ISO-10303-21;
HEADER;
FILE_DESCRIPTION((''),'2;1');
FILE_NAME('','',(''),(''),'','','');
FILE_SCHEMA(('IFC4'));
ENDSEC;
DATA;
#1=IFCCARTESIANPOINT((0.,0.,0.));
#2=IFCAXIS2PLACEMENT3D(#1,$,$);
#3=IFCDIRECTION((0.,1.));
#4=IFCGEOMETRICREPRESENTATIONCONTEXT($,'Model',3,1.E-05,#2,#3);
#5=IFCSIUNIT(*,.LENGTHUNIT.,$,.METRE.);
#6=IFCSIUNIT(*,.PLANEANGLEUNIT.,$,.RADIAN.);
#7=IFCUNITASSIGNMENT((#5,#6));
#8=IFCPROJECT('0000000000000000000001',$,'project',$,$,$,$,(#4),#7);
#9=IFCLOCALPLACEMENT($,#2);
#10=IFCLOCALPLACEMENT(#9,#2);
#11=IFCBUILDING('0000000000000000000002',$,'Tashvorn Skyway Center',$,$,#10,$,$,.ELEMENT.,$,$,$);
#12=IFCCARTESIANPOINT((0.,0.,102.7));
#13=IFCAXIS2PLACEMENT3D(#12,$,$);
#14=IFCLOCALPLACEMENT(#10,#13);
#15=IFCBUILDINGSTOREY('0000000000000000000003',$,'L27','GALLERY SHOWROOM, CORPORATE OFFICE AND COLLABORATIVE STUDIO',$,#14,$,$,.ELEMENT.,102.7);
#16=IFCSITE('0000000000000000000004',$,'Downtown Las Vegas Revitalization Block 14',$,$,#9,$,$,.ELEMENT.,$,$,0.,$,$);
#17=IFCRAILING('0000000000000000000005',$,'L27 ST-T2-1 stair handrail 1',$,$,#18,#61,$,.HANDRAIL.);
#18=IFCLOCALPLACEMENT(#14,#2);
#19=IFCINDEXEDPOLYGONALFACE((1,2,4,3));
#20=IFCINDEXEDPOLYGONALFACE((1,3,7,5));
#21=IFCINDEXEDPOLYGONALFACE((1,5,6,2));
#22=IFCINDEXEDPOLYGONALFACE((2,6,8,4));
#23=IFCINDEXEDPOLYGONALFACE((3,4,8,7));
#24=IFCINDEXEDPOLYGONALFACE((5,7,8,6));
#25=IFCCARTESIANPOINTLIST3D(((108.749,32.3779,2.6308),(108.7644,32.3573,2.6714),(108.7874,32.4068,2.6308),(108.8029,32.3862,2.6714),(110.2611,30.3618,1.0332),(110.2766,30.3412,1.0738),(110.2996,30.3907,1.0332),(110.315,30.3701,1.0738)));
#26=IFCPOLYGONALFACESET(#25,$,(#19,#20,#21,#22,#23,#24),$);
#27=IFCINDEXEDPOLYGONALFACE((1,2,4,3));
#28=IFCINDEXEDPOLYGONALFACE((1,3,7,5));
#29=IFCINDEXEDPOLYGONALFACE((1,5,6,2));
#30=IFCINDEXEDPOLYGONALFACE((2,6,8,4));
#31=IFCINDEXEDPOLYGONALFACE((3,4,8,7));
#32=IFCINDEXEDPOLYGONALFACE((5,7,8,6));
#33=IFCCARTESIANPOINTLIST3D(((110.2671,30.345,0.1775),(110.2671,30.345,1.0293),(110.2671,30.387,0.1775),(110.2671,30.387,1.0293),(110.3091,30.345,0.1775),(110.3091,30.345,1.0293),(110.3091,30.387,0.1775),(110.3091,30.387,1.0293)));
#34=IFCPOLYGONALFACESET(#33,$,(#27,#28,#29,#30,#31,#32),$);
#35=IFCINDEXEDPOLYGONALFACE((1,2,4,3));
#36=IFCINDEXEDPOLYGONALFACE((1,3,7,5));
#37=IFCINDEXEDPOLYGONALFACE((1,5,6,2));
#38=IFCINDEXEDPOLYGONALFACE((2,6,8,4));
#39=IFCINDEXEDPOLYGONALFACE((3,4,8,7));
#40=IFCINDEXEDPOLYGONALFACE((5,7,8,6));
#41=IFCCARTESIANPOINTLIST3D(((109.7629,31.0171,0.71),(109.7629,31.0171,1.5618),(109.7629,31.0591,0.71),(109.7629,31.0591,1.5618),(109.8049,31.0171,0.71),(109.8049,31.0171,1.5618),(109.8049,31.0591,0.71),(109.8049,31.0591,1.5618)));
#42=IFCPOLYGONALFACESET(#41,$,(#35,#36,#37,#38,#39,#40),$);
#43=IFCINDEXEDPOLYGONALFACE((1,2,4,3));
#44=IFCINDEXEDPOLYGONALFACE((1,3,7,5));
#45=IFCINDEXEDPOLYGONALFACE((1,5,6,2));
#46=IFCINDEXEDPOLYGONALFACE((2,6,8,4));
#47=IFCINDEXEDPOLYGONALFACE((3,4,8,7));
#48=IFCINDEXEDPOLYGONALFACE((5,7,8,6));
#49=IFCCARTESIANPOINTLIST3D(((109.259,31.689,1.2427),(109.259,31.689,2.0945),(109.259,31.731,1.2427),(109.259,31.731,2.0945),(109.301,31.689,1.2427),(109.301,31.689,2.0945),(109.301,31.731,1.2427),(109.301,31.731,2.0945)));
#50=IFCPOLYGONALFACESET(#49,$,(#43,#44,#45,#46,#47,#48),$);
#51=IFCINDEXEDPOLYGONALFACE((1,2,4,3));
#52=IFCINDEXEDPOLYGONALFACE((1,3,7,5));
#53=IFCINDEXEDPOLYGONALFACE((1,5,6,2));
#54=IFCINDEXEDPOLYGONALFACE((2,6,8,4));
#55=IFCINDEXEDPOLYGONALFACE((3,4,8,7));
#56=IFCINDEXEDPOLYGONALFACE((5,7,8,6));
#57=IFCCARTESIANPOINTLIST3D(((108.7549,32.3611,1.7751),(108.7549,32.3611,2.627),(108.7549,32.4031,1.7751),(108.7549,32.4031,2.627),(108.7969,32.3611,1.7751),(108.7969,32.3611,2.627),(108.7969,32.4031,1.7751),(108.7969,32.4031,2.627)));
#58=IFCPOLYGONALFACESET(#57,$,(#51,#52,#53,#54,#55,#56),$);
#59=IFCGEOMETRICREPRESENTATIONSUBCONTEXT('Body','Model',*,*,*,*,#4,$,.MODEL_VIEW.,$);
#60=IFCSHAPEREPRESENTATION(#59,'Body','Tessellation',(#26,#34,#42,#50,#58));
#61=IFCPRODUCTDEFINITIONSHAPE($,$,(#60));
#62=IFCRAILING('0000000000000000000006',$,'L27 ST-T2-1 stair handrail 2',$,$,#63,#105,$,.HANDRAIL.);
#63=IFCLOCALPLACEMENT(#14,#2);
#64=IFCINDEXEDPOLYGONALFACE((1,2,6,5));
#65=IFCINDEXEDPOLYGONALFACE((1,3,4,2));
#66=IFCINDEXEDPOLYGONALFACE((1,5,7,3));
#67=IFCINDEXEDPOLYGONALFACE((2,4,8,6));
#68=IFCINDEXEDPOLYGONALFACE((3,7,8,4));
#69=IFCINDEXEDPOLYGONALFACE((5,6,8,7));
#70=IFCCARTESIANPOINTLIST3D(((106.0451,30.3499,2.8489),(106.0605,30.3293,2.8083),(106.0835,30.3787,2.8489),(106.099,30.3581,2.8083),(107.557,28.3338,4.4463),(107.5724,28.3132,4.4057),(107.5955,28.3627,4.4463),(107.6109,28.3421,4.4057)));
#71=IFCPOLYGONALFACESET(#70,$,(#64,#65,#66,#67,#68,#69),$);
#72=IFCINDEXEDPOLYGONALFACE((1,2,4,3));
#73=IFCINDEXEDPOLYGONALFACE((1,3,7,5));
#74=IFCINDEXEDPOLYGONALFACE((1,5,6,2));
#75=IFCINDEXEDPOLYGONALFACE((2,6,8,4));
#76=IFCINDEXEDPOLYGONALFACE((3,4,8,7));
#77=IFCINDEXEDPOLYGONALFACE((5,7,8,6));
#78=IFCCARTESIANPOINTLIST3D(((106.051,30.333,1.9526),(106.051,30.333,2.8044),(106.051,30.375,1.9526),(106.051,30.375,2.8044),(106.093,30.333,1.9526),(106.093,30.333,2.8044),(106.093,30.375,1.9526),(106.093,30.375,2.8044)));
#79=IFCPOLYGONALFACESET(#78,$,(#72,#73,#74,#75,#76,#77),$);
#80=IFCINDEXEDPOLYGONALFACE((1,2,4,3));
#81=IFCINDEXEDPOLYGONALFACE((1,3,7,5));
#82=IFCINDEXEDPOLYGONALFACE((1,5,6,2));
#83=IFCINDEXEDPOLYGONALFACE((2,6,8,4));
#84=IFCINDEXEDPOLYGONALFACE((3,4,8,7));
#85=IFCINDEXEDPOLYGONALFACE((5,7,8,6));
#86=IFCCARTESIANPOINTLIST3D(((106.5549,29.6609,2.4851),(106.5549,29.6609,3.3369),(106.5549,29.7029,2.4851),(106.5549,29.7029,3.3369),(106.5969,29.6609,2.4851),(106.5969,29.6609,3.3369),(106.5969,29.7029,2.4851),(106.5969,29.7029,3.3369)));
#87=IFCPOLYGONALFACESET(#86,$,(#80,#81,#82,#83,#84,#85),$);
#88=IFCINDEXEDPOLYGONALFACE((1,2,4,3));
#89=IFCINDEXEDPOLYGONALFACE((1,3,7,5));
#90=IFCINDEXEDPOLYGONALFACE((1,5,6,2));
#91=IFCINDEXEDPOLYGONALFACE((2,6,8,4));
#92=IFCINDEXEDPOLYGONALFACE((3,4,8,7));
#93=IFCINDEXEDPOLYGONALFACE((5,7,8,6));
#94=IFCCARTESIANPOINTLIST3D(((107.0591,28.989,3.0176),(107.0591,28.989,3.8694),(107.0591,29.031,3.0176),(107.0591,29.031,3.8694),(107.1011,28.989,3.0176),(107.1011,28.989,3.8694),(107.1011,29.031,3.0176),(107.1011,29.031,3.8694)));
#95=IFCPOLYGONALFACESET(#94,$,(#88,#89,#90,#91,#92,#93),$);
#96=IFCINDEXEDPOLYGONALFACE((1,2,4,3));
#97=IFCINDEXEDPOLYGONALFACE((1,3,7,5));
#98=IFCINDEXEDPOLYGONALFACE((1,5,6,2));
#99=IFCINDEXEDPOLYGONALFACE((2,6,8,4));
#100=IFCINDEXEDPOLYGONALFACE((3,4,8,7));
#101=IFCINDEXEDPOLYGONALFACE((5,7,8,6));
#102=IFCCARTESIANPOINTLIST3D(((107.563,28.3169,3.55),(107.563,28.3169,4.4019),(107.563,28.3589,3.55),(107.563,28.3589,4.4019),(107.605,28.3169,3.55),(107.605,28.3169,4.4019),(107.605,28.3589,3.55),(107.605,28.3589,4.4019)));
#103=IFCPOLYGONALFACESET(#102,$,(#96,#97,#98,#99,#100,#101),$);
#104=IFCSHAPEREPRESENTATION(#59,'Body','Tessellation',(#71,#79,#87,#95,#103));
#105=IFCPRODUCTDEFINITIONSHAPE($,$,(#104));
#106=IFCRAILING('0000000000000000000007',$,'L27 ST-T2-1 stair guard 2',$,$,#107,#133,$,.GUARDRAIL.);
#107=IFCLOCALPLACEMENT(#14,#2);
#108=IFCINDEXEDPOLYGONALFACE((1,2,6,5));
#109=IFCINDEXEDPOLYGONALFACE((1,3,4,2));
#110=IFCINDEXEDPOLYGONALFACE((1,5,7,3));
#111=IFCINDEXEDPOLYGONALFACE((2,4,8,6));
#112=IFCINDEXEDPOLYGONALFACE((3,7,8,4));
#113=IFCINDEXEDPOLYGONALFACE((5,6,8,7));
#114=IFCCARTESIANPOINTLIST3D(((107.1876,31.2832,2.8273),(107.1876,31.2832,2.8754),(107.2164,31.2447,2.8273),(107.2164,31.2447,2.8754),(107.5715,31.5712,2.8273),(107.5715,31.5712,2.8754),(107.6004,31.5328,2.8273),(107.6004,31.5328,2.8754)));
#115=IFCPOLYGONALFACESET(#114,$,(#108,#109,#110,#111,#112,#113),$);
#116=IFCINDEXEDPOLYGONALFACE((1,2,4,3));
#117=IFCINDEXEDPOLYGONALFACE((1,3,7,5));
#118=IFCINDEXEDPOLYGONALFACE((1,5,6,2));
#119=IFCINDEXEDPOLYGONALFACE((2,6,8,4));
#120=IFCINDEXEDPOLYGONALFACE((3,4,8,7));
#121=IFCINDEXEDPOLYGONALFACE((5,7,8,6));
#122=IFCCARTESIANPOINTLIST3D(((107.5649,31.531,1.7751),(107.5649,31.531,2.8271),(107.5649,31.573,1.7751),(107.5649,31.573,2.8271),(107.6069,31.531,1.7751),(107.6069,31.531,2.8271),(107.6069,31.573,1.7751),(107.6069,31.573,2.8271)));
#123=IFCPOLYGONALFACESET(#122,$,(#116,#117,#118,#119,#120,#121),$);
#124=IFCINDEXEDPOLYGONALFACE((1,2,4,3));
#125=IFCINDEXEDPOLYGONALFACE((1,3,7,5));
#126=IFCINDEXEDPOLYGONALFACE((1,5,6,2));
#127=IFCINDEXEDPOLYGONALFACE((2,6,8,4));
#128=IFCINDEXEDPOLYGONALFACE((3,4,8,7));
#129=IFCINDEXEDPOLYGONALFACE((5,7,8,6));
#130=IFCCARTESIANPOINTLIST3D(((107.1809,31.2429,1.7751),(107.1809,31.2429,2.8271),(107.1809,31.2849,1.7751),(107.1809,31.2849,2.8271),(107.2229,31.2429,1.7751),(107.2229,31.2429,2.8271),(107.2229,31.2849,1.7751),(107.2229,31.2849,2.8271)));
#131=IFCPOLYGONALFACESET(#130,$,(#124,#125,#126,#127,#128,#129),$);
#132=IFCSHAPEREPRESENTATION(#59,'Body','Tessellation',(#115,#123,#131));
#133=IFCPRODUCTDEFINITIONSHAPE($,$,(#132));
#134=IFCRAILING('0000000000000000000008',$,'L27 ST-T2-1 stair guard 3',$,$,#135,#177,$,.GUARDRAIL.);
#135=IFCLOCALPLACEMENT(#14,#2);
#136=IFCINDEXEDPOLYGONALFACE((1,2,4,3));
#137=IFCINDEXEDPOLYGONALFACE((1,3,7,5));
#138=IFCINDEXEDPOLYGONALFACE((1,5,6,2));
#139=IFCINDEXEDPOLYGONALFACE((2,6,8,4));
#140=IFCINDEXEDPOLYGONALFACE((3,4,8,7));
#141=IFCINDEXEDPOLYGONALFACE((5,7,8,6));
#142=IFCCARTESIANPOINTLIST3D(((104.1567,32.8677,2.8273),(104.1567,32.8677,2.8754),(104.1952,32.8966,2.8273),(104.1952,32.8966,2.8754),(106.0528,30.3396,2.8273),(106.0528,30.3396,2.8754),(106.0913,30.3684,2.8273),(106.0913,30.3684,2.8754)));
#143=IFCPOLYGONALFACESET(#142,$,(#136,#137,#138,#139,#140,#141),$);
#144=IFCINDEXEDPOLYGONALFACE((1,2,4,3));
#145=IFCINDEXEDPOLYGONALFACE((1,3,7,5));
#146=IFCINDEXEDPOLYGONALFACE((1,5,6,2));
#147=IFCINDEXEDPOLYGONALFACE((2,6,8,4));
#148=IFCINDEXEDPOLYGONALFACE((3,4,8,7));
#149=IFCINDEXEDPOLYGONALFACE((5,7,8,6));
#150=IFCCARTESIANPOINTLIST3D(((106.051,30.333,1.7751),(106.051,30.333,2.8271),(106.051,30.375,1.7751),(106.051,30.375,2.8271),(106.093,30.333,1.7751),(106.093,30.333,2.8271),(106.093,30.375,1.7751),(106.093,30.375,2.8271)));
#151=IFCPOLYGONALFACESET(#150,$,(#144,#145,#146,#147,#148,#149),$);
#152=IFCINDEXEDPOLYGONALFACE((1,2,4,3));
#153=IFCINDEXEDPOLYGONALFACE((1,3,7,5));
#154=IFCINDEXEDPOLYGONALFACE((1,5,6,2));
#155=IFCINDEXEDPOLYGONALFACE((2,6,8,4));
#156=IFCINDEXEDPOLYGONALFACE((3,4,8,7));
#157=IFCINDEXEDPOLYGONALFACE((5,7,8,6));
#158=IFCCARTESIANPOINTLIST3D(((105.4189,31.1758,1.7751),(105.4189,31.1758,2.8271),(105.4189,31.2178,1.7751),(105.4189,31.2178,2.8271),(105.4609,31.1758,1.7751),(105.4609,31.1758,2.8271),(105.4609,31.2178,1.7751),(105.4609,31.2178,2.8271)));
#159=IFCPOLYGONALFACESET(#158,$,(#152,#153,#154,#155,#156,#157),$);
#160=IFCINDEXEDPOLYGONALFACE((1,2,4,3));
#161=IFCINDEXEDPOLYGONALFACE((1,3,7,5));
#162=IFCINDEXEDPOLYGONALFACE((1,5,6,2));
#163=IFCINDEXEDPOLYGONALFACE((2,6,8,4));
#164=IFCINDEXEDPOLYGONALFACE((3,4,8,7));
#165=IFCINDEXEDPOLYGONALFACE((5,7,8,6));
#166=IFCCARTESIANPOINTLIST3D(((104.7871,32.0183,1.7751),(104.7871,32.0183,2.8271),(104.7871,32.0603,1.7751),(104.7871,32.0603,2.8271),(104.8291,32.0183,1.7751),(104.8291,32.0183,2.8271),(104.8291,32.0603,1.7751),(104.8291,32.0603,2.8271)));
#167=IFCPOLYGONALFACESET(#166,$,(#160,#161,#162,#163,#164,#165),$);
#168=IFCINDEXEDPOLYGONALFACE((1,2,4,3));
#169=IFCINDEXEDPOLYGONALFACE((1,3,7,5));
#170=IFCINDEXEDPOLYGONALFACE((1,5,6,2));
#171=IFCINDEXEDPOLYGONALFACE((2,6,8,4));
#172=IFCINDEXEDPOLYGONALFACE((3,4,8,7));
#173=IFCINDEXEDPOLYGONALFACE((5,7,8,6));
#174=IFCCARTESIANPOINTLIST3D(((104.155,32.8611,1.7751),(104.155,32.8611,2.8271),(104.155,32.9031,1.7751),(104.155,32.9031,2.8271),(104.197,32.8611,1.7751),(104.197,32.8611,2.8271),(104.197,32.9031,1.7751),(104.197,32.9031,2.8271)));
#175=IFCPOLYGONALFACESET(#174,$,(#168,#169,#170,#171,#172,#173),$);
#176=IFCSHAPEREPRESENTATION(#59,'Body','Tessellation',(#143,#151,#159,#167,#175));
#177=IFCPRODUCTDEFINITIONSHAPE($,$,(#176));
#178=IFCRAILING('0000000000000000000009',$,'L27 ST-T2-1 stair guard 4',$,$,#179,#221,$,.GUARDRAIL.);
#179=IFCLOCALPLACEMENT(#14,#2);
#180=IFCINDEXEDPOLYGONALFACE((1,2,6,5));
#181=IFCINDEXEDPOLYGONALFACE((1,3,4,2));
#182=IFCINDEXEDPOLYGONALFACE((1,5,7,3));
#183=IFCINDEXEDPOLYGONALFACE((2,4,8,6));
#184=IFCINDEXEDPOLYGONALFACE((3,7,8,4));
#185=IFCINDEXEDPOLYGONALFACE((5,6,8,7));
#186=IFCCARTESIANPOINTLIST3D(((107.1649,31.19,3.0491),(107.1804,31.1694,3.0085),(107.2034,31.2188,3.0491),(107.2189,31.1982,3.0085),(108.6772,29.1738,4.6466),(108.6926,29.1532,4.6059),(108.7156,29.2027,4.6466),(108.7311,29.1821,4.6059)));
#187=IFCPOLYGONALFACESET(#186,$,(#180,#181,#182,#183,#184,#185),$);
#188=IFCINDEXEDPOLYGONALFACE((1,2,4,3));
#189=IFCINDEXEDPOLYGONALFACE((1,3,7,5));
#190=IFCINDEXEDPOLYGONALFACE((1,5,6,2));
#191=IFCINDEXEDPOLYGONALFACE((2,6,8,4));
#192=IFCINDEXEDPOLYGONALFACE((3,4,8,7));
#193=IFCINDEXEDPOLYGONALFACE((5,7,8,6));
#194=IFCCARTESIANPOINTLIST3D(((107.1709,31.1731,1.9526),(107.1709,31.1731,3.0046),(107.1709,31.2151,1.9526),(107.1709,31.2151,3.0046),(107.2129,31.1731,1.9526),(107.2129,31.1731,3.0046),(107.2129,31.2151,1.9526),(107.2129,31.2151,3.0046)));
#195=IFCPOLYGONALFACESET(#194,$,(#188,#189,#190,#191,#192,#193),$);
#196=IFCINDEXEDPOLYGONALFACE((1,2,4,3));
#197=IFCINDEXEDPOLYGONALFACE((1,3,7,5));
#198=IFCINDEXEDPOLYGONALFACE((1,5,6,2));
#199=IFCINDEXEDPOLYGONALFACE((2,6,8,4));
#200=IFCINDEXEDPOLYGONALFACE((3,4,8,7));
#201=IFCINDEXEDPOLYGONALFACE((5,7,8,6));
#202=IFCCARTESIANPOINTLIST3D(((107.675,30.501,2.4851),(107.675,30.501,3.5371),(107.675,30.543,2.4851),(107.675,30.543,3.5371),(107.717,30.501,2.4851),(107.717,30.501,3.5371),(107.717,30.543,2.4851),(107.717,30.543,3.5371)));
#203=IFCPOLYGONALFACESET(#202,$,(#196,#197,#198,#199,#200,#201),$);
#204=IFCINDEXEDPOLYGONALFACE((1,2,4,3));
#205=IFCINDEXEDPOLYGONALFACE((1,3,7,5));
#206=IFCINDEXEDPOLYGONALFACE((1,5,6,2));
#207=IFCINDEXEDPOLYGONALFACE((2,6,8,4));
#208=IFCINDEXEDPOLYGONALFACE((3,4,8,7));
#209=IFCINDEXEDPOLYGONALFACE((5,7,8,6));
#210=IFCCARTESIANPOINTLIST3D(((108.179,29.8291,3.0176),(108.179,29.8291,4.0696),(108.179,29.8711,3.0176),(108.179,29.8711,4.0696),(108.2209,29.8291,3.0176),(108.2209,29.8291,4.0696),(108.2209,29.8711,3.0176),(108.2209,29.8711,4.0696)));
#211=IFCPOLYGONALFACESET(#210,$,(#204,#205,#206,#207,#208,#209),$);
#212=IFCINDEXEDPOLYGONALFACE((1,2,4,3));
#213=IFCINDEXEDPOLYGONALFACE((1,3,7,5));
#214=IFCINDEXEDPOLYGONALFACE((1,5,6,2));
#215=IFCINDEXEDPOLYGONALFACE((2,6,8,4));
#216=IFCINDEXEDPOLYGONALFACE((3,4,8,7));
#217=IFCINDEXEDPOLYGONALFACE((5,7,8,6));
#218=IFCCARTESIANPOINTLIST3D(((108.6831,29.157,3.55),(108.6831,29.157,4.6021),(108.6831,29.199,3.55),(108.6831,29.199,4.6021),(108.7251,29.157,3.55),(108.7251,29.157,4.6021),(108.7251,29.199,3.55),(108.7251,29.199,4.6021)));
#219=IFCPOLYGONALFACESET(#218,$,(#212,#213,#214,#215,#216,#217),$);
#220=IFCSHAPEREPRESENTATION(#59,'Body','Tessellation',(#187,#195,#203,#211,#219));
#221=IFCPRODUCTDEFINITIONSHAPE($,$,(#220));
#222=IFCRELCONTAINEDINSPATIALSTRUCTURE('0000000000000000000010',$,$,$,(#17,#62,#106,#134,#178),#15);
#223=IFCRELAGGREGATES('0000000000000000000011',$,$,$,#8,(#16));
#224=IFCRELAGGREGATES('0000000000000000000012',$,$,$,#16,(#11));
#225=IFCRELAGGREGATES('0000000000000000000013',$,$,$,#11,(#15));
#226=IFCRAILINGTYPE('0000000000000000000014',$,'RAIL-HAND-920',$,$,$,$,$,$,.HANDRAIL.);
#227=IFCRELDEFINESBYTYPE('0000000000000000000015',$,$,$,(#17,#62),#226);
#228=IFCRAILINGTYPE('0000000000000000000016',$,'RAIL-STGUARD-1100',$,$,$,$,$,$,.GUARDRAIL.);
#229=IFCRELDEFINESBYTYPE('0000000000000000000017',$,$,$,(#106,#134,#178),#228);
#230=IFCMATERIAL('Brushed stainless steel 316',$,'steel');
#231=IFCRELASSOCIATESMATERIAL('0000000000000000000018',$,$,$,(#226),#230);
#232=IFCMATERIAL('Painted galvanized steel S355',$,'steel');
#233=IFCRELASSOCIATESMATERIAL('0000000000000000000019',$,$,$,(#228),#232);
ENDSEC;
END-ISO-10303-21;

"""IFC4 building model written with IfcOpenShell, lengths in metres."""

from ifc_helpers import new_model, si_unit, direction, frame, origin, origin_2d, place, context, subcontext, project, spatial, rectangle, extrude, material, type_object, element, save


model = new_model("IFC4")

# Units and contexts
model_context = context("Model", 3, precision=1e-05, world=origin(), true_north=direction((0.0, 1.0)))
body_context = subcontext(model_context, "Body", "Model", "MODEL_VIEW")
ifc_project = project(units=[si_unit("LENGTHUNIT", "METRE"), si_unit("PLANEANGLEUNIT", "RADIAN")], contexts=[model_context])

# Site, building, storey
site_placement = place(None, origin())
site = spatial("IfcSite", under=ifc_project, at=site_placement, Name="Downtown Las Vegas Revitalization Block 14", CompositionType="ELEMENT", RefElevation=0.0)
building_placement = place(site_placement, origin())
building = spatial("IfcBuilding", under=site, at=building_placement, Name="Tashvorn Skyway Center", CompositionType="ELEMENT")
storey_placement = place(building_placement, frame((0.0, 0.0, 102.7)))
storey = spatial("IfcBuildingStorey", under=building, at=storey_placement, Name="L27", Description="GALLERY SHOWROOM, CORPORATE OFFICE AND COLLABORATIVE STUDIO", CompositionType="ELEMENT", Elevation=102.7)

# Railings
ifc_material_1 = material(Name="Brushed stainless steel 316", Category="steel")
railing_type_1 = type_object("IfcRailingType", Name="RAIL-HAND-920", PredefinedType="HANDRAIL", material=ifc_material_1)
railing_1_placement = place(storey_placement, frame((110.2881, 30.366, 0.1775)))
element("IfcRailing", 1, at=railing_1_placement, inside=storey, type_object=railing_type_1, Name="L27 ST-T2-1 stair handrail 1", PredefinedType="HANDRAIL", context=body_context, shape_type="SweptSolid", body=[
    extrude(rectangle(XDim=0.0481, YDim=0.0481, at=origin_2d()), frame((0.0, 0.0, 0.876), z_axis=(-0.506779, 0.675651, 0.535416), x_axis=(-0.799977, -0.600031, 0.0)), (0.0, 0.0, 1.0), 2.9839),
    extrude(rectangle(XDim=0.042, YDim=0.042, at=origin_2d()), origin(), (0.0, 0.0, 1.0), 0.8518),
    extrude(rectangle(XDim=0.042, YDim=0.042, at=origin_2d()), frame((-0.5042, 0.6721, 0.5325)), (0.0, 0.0, 1.0), 0.8518),
    extrude(rectangle(XDim=0.042, YDim=0.042, at=origin_2d()), frame((-1.0081, 1.344, 1.0652)), (0.0, 0.0, 1.0), 0.8518),
    extrude(rectangle(XDim=0.042, YDim=0.042, at=origin_2d()), frame((-1.5122, 2.0161, 1.5977)), (0.0, 0.0, 1.0), 0.8518),
])
railing_2_placement = place(storey_placement, frame((106.072, 30.354, 1.9526)))
element("IfcRailing", 2, at=railing_2_placement, inside=storey, type_object=railing_type_1, Name="L27 ST-T2-1 stair handrail 2", PredefinedType="HANDRAIL", context=body_context, shape_type="SweptSolid", body=[
    extrude(rectangle(XDim=0.0481, YDim=0.0481, at=origin_2d()), frame((0.0, 0.0, 0.876), z_axis=(0.506741, -0.675709, 0.535379), x_axis=(0.800023, 0.599969, 0.0)), (0.0, 0.0, 1.0), 2.9836),
    extrude(rectangle(XDim=0.042, YDim=0.042, at=origin_2d()), origin(), (0.0, 0.0, 1.0), 0.8518),
    extrude(rectangle(XDim=0.042, YDim=0.042, at=origin_2d()), frame((0.5039, -0.6721, 0.5325)), (0.0, 0.0, 1.0), 0.8518),
    extrude(rectangle(XDim=0.042, YDim=0.042, at=origin_2d()), frame((1.0081, -1.344, 1.0649)), (0.0, 0.0, 1.0), 0.8518),
    extrude(rectangle(XDim=0.042, YDim=0.042, at=origin_2d()), frame((1.512, -2.0161, 1.5974)), (0.0, 0.0, 1.0), 0.8518),
])
ifc_material_2 = material(Name="Painted galvanized steel S355", Category="steel")
railing_type_2 = type_object("IfcRailingType", Name="RAIL-STGUARD-1100", PredefinedType="GUARDRAIL", material=ifc_material_2)
railing_3_placement = place(storey_placement, frame((107.5859, 31.552, 1.7751)))
element("IfcRailing", 3, at=railing_3_placement, inside=storey, type_object=railing_type_2, Name="L27 ST-T2-1 stair guard 2", PredefinedType="GUARDRAIL", context=body_context, shape_type="SweptSolid", body=[
    extrude(rectangle(XDim=0.0481, YDim=0.0481, at=origin_2d()), frame((0.0, 0.0, 1.0762), z_axis=(-0.799939, -0.600081, 0.0), x_axis=(0.600081, -0.799939, 0.0)), (0.0, 0.0, 1.0), 0.48),
    extrude(rectangle(XDim=0.042, YDim=0.042, at=origin_2d()), origin(), (0.0, 0.0, 1.0), 1.052),
    extrude(rectangle(XDim=0.042, YDim=0.042, at=origin_2d()), frame((-0.384, -0.2881, 0.0)), (0.0, 0.0, 1.0), 1.052),
])
railing_4_placement = place(storey_placement, frame((106.072, 30.354, 1.7751)))
element("IfcRailing", 4, at=railing_4_placement, inside=storey, type_object=railing_type_2, Name="L27 ST-T2-1 stair guard 3", PredefinedType="GUARDRAIL", context=body_context, shape_type="SweptSolid", body=[
    extrude(rectangle(XDim=0.0481, YDim=0.0481, at=origin_2d()), frame((0.0, 0.0, 1.0762), z_axis=(-0.599988, 0.800009, 0.0), x_axis=(-0.800009, -0.599988, 0.0)), (0.0, 0.0, 1.0), 3.1602),
    extrude(rectangle(XDim=0.042, YDim=0.042, at=origin_2d()), origin(), (0.0, 0.0, 1.0), 1.052),
    extrude(rectangle(XDim=0.042, YDim=0.042, at=origin_2d()), frame((-0.6321, 0.8428, 0.0)), (0.0, 0.0, 1.0), 1.052),
    extrude(rectangle(XDim=0.042, YDim=0.042, at=origin_2d()), frame((-1.2639, 1.6853, 0.0)), (0.0, 0.0, 1.0), 1.052),
    extrude(rectangle(XDim=0.042, YDim=0.042, at=origin_2d()), frame((-1.896, 2.5281, 0.0)), (0.0, 0.0, 1.0), 1.052),
])
railing_5_placement = place(storey_placement, frame((107.1919, 31.1941, 1.9526)))
element("IfcRailing", 5, at=railing_5_placement, inside=storey, type_object=railing_type_2, Name="L27 ST-T2-1 stair guard 4", PredefinedType="GUARDRAIL", context=body_context, shape_type="SweptSolid", body=[
    extrude(rectangle(XDim=0.0481, YDim=0.0481, at=origin_2d()), frame((0.0, 0.0, 1.0762), z_axis=(0.506802, -0.675681, 0.535357), x_axis=(0.799977, 0.600031, 0.0)), (0.0, 0.0, 1.0), 2.9839),
    extrude(rectangle(XDim=0.042, YDim=0.042, at=origin_2d()), origin(), (0.0, 0.0, 1.0), 1.052),
    extrude(rectangle(XDim=0.042, YDim=0.042, at=origin_2d()), frame((0.5042, -0.6721, 0.5325)), (0.0, 0.0, 1.0), 1.052),
    extrude(rectangle(XDim=0.042, YDim=0.042, at=origin_2d()), frame((1.0081, -1.344, 1.0649)), (0.0, 0.0, 1.0), 1.052),
    extrude(rectangle(XDim=0.042, YDim=0.042, at=origin_2d()), frame((1.5122, -2.0161, 1.5974)), (0.0, 0.0, 1.0), 1.052),
])

save(model, "model.ifc")
